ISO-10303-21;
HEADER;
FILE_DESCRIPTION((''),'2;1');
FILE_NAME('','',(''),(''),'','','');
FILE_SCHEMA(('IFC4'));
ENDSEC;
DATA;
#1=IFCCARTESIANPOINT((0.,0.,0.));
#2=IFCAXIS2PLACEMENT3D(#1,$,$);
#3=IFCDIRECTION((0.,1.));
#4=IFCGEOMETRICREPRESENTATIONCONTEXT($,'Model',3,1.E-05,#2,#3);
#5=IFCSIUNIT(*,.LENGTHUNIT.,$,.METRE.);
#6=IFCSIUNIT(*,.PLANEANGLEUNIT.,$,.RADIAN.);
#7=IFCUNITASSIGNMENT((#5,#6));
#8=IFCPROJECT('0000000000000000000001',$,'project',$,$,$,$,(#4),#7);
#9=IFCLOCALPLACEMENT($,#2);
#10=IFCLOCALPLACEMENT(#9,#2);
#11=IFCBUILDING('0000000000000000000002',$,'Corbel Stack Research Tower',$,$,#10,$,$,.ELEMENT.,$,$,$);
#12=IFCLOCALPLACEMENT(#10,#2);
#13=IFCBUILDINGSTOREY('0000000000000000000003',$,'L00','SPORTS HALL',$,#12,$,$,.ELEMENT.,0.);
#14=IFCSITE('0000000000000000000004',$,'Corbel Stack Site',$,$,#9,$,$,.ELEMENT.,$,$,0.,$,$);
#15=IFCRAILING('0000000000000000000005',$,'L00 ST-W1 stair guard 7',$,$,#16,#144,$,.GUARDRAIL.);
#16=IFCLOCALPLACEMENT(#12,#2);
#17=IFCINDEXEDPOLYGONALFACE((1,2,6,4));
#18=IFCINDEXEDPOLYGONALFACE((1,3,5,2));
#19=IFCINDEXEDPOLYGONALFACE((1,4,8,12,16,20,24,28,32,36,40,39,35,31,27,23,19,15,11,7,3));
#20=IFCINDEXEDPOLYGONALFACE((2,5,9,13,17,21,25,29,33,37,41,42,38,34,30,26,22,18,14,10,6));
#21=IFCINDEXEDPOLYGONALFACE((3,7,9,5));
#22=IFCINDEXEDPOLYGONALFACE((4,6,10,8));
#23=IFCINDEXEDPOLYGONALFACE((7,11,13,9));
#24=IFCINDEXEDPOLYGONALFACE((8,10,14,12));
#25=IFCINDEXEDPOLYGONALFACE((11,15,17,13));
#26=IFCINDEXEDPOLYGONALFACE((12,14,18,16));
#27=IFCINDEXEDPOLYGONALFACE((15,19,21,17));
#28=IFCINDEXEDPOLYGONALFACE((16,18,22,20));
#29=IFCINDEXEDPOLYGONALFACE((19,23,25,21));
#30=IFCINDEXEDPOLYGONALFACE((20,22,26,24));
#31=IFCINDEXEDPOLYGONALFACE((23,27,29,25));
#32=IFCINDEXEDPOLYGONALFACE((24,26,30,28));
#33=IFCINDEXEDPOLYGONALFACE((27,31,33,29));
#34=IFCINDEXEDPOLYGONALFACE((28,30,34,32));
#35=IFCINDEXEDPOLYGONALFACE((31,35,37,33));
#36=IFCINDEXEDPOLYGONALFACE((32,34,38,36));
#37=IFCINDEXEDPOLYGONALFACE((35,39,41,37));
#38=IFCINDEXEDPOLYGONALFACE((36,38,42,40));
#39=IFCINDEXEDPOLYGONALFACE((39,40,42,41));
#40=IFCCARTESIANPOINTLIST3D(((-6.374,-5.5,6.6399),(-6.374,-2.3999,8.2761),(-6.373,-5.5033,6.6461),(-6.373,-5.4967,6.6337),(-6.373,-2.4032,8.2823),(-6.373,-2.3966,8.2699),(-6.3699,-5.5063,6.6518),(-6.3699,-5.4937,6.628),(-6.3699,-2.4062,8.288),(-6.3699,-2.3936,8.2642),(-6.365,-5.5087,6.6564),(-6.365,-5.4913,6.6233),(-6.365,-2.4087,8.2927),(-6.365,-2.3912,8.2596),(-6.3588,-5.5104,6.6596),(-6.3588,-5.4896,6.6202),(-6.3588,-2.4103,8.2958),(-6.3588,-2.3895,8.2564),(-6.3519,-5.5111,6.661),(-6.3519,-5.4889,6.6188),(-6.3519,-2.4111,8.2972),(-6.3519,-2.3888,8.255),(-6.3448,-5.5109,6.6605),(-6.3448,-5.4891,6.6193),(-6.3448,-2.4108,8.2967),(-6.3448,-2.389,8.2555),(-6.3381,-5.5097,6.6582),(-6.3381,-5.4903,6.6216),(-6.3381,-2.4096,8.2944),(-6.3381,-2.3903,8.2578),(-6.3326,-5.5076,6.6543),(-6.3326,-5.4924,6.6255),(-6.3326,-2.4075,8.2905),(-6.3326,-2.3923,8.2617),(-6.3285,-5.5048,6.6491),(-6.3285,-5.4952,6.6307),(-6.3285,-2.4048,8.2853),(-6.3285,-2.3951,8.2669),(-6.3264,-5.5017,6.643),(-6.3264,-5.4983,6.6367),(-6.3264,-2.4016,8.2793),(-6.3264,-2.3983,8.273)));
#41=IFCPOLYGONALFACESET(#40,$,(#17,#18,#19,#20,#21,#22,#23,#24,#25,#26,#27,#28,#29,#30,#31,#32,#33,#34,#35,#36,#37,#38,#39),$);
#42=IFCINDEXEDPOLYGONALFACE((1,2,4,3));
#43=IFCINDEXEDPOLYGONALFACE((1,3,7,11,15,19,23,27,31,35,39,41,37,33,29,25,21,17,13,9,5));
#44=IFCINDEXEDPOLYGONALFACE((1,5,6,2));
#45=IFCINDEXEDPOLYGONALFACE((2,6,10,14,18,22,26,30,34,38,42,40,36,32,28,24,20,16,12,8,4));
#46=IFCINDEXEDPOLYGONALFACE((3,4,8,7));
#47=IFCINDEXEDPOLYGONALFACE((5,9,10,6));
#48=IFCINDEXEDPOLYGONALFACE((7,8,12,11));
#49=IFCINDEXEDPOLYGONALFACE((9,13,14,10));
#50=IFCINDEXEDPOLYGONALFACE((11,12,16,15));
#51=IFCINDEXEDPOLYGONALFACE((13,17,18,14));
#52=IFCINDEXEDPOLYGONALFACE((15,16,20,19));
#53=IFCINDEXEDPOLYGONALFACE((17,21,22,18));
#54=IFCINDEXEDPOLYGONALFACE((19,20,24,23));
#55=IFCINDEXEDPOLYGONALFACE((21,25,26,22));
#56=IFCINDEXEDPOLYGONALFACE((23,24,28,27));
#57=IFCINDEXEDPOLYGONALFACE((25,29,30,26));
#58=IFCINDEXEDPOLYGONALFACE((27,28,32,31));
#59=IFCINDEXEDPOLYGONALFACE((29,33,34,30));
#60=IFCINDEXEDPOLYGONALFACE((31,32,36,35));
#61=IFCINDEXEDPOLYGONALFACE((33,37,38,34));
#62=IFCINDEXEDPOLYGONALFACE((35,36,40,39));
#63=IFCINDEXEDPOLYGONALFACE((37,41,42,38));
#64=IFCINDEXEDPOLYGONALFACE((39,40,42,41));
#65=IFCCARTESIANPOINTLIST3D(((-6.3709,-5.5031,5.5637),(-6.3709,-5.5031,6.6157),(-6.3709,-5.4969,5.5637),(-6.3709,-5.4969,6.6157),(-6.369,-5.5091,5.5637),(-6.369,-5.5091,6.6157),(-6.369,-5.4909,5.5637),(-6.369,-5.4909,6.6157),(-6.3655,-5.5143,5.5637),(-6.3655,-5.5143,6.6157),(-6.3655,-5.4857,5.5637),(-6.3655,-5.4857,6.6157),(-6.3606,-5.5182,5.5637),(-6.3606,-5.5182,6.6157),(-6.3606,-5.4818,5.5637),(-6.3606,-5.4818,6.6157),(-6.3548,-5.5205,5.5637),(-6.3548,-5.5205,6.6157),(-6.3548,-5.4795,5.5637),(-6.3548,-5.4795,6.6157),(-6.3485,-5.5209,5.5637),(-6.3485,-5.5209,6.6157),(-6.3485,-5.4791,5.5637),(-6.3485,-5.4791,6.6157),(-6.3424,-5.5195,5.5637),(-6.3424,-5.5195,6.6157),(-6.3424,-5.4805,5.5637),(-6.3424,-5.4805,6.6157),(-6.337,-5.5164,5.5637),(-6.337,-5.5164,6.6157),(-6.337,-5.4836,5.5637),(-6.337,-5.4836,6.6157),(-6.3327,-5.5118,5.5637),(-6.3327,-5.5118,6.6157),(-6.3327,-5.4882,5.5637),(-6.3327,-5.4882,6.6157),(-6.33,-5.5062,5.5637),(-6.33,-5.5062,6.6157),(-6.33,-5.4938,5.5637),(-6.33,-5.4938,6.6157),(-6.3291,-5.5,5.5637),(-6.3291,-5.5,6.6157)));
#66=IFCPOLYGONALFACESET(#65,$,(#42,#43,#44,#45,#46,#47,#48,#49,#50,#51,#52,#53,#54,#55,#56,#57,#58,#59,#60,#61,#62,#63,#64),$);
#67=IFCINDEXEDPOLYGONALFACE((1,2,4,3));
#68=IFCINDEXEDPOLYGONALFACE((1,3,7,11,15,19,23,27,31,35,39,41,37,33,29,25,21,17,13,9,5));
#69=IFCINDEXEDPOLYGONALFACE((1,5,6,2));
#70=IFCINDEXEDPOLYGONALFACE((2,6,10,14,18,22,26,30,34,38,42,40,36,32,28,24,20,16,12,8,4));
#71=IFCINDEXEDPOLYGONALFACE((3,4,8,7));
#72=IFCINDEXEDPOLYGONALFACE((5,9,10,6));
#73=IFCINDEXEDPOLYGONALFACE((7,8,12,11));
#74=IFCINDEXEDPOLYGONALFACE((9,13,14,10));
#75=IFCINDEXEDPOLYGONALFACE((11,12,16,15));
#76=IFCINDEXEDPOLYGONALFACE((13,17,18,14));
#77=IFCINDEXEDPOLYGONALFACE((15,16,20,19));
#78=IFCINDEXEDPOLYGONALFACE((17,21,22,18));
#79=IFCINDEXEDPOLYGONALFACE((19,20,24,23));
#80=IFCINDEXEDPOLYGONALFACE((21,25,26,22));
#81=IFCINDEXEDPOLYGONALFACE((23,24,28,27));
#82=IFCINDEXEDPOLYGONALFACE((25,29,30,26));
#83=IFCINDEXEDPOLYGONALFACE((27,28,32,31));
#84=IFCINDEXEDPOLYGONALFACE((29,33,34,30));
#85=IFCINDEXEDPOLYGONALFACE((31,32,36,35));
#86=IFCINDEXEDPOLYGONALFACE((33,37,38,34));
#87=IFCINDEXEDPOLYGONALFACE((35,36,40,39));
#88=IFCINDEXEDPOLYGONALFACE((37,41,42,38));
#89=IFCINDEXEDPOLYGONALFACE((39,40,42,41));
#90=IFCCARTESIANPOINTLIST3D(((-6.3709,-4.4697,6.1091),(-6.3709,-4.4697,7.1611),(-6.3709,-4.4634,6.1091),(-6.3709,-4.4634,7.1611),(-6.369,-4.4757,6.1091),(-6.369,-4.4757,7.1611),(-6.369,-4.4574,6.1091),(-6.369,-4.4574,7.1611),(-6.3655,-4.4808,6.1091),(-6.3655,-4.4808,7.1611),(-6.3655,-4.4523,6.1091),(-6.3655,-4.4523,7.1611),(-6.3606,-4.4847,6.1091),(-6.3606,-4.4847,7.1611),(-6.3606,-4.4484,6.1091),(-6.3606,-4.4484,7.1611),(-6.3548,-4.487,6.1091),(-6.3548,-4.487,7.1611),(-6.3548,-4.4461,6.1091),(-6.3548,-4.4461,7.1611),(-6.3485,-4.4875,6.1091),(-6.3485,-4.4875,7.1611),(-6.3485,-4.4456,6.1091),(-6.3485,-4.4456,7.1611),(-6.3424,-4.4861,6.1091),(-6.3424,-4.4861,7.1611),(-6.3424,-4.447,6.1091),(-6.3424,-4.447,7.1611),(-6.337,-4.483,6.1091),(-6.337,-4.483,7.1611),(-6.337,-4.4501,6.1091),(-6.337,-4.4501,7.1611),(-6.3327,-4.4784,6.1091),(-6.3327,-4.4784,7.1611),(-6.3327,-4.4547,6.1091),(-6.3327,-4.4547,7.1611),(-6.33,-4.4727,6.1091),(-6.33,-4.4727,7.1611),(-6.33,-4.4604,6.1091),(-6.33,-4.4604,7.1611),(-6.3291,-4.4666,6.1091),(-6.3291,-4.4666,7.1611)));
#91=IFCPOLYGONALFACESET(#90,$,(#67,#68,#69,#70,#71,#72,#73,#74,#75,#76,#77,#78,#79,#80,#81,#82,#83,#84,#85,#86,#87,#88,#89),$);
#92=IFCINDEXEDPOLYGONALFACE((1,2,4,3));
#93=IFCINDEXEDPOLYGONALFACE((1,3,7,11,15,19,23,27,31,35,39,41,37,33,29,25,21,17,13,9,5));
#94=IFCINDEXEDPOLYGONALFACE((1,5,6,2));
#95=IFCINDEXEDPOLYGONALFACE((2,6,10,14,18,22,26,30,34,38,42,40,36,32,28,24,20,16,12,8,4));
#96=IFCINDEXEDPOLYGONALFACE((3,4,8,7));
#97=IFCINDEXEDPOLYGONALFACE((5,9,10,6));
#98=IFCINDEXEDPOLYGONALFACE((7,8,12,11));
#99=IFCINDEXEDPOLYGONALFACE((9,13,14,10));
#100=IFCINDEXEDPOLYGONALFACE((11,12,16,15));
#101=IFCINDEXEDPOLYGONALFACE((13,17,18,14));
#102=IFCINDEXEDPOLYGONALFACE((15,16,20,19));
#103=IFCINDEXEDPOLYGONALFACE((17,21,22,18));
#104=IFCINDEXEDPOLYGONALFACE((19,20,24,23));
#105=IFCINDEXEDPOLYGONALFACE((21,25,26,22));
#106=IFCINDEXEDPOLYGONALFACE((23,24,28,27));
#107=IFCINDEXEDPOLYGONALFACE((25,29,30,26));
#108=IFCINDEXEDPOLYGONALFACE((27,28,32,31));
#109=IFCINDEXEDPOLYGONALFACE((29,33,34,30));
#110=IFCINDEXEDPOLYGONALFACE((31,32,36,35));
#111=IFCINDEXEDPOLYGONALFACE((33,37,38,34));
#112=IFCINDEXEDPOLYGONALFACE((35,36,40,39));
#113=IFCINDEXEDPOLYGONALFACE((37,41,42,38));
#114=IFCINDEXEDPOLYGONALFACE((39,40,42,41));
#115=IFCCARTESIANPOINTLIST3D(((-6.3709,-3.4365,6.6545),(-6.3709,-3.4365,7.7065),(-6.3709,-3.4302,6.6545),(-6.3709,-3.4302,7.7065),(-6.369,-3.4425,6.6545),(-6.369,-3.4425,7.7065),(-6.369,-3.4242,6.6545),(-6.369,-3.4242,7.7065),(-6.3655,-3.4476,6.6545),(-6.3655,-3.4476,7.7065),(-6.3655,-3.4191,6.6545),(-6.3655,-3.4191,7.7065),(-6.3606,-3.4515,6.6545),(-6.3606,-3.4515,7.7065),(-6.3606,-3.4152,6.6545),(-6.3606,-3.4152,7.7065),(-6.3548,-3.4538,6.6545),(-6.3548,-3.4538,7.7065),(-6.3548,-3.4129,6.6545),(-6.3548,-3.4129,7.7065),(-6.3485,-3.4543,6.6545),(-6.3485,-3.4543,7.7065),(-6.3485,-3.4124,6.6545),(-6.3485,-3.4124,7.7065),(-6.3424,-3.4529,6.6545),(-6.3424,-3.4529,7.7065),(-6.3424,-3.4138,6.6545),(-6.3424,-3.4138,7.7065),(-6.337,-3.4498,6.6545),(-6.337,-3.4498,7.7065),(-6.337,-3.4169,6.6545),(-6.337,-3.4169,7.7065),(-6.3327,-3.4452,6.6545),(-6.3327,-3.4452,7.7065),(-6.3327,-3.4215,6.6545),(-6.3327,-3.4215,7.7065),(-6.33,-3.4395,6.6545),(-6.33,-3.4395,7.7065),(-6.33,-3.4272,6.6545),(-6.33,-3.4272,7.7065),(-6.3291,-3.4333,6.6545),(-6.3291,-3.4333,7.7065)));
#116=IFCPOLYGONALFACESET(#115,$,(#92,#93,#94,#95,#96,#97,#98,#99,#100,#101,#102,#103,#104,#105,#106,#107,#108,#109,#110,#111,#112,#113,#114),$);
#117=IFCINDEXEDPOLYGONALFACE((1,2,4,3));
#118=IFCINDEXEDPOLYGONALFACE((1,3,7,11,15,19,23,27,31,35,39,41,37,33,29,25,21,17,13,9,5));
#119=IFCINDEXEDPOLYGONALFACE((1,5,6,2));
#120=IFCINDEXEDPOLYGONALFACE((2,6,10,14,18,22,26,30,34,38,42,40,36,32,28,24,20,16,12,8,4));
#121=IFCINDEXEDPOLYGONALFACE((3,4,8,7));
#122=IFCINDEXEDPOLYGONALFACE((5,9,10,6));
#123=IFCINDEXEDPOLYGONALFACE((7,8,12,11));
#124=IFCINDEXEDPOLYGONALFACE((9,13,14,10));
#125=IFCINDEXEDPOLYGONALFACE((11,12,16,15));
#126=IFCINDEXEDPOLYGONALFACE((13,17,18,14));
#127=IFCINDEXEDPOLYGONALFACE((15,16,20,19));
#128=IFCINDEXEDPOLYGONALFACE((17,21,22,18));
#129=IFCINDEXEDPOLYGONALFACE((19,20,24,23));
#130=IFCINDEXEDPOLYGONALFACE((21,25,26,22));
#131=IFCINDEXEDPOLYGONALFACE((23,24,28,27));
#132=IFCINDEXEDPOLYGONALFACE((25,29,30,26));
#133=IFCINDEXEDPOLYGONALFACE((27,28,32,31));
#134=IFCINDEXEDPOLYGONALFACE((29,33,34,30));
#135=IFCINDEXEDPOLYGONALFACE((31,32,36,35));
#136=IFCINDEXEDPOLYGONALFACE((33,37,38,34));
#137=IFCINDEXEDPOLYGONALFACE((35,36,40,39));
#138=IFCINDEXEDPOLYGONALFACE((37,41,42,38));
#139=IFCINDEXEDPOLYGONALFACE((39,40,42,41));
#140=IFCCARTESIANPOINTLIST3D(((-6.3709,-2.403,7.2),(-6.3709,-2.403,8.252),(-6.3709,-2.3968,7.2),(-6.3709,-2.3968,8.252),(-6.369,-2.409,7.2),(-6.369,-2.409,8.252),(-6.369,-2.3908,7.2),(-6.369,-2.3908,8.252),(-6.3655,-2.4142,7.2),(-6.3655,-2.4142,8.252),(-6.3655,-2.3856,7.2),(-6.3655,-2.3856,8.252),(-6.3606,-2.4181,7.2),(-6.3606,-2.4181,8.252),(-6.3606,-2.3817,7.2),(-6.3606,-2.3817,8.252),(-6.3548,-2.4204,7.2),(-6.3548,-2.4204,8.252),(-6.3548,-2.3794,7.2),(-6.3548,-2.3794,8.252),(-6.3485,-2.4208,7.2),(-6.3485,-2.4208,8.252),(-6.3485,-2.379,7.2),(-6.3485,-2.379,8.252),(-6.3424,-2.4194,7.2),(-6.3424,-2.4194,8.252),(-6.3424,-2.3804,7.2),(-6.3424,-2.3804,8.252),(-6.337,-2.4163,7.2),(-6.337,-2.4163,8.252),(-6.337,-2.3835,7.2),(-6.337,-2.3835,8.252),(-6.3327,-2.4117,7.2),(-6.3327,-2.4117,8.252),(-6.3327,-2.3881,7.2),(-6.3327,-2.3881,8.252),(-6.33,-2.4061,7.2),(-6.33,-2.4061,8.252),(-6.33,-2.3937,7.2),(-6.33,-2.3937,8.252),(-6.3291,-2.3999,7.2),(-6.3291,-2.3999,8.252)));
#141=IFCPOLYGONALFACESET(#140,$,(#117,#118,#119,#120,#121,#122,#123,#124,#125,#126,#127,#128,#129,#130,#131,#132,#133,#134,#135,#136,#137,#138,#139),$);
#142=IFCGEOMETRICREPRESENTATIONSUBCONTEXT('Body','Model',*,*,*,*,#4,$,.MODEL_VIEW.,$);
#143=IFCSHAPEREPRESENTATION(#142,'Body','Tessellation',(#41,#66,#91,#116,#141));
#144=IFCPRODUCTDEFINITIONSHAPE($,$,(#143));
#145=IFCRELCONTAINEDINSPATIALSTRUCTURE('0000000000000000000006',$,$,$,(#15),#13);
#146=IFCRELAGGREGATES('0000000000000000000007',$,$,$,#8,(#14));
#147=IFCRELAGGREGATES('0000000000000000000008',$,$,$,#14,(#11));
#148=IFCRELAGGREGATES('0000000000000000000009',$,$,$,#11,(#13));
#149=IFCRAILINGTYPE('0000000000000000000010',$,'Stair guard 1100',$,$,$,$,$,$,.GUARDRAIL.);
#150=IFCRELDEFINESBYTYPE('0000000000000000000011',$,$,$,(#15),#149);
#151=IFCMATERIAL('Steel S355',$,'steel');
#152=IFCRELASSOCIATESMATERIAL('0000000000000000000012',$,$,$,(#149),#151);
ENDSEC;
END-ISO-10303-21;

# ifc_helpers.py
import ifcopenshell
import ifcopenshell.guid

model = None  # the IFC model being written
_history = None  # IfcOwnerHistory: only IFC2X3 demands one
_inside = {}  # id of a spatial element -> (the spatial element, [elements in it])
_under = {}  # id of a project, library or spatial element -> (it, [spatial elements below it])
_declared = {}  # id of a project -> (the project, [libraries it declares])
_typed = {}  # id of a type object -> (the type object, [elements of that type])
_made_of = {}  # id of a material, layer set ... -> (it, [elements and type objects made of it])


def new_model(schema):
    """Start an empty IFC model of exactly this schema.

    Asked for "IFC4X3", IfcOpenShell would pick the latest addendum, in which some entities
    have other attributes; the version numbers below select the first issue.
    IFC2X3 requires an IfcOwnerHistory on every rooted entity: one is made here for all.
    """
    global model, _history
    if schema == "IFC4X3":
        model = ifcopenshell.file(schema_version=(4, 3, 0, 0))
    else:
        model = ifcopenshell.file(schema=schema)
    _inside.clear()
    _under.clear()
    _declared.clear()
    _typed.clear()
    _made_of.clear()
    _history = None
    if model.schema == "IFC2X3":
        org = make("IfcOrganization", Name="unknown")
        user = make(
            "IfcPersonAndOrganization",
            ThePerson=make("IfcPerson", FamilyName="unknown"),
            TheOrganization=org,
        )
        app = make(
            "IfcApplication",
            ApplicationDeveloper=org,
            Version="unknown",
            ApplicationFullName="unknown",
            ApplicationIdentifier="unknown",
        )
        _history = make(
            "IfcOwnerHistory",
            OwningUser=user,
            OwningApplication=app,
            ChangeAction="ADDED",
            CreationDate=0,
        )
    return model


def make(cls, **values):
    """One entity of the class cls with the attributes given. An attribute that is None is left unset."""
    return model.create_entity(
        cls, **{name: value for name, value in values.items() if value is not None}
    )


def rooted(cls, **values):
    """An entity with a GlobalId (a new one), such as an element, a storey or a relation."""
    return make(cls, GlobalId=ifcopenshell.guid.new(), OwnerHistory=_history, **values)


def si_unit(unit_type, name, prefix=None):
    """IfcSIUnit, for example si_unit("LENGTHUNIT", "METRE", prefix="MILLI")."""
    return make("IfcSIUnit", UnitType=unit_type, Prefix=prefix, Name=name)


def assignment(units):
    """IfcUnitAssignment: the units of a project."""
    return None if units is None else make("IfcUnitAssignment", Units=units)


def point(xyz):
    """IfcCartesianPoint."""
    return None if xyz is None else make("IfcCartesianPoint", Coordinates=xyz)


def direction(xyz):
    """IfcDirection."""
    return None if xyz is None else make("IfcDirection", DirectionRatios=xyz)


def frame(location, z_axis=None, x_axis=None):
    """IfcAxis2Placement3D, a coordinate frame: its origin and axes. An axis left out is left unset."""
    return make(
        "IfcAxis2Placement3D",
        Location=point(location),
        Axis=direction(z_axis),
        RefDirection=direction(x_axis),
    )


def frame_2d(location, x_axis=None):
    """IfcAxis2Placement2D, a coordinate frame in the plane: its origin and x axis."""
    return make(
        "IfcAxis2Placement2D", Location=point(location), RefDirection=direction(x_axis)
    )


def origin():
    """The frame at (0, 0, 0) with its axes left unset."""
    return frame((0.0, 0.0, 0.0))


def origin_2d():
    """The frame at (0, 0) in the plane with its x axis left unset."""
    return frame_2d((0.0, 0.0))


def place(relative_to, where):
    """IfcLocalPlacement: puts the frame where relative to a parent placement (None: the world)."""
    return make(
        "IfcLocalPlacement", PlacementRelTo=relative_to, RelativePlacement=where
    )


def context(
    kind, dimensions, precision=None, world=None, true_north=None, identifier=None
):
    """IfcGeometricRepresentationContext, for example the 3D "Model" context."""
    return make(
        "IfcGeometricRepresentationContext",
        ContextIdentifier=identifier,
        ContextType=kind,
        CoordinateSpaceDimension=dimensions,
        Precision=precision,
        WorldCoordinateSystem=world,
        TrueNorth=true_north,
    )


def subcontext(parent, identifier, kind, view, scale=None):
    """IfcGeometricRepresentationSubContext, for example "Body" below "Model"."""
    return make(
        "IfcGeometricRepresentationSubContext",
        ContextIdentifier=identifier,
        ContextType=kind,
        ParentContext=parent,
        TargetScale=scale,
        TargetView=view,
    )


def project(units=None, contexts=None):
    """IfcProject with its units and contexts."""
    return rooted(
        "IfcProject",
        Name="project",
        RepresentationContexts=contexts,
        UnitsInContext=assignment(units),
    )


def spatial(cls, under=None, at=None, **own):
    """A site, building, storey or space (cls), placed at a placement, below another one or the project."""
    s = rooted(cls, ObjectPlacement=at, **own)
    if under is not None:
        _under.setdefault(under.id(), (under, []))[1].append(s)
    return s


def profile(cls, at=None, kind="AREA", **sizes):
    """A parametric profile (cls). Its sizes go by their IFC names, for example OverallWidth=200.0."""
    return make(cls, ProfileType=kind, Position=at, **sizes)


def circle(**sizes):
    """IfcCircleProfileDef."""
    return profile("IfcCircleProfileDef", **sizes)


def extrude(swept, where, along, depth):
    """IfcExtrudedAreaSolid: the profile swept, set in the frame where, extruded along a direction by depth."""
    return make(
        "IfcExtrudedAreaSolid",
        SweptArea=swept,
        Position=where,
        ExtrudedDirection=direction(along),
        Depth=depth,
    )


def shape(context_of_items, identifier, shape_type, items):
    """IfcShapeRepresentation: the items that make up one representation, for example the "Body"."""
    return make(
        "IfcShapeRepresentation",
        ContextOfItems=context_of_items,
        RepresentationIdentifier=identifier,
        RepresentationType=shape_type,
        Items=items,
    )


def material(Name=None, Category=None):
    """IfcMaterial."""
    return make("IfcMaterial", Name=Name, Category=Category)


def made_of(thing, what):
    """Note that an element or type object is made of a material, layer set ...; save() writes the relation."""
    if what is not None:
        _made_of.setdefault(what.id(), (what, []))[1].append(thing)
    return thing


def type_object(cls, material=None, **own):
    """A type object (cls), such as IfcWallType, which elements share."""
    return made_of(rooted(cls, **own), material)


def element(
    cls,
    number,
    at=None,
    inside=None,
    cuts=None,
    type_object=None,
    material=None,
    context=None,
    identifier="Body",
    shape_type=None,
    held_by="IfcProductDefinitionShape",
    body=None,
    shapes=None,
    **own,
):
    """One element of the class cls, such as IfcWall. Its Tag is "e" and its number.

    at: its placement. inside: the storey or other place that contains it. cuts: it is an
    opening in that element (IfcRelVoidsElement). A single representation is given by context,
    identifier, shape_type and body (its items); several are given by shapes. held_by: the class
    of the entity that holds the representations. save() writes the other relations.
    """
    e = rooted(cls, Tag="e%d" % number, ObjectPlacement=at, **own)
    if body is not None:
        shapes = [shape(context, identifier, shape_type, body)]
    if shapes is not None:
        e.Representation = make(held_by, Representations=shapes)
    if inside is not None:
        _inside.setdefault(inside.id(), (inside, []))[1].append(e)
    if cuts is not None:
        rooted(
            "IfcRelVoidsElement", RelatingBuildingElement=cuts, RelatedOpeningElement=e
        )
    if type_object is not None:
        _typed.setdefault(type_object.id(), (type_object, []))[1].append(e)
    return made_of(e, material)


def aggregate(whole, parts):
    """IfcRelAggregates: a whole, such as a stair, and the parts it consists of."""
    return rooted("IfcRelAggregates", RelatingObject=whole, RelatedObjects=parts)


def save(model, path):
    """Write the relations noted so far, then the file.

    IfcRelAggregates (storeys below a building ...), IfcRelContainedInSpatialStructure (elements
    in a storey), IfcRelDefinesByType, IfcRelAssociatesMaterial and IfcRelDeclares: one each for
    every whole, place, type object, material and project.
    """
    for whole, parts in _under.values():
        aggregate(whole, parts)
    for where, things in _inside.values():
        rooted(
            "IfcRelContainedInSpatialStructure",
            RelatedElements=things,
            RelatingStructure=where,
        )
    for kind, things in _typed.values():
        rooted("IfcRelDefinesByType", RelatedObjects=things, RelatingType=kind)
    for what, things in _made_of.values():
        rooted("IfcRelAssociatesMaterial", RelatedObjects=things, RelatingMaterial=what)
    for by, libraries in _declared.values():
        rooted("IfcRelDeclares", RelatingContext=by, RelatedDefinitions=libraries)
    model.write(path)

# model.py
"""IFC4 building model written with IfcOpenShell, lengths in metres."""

from ifc_helpers import new_model, si_unit, direction, frame, origin, origin_2d, place, context, subcontext, project, spatial, circle, extrude, material, type_object, element, save


model = new_model("IFC4")

# Units and contexts
model_context = context("Model", 3, precision=1e-05, world=origin(), true_north=direction((0.0, 1.0)))
body_context = subcontext(model_context, "Body", "Model", "MODEL_VIEW")
ifc_project = project(units=[si_unit("LENGTHUNIT", "METRE"), si_unit("PLANEANGLEUNIT", "RADIAN")], contexts=[model_context])

# Site, building, storey
site_placement = place(None, origin())
site = spatial("IfcSite", under=ifc_project, at=site_placement, Name="Corbel Stack Site", CompositionType="ELEMENT", RefElevation=0.0)
building_placement = place(site_placement, origin())
building = spatial("IfcBuilding", under=site, at=building_placement, Name="Corbel Stack Research Tower", CompositionType="ELEMENT")
storey_placement = place(building_placement, origin())
storey = spatial("IfcBuildingStorey", under=building, at=storey_placement, Name="L00", Description="SPORTS HALL", CompositionType="ELEMENT", Elevation=0.0)

# Railing
ifc_material_1 = material(Name="Steel S355", Category="steel")
railing_type_1 = type_object("IfcRailingType", Name="Stair guard 1100", PredefinedType="GUARDRAIL", material=ifc_material_1)
railing_1_placement = place(storey_placement, frame((-6.3501, -5.5, 5.5637)))
element("IfcRailing", 1, at=railing_1_placement, inside=storey, type_object=railing_type_1, Name="L00 ST-W1 stair guard 7", PredefinedType="GUARDRAIL", context=body_context, shape_type="SweptSolid", body=[
    extrude(circle(Radius=0.0239, at=origin_2d()), frame((0.0, 0.0, 1.0762), z_axis=(0.0, 0.884377, 0.466774), x_axis=(-1.0, 0.0, 0.0)), (0.0, 0.0, 1.0), 3.5054),
    extrude(circle(Radius=0.021, at=origin_2d()), origin(), (0.0, 0.0, 1.0), 1.052),
    extrude(circle(Radius=0.021, at=origin_2d()), frame((0.0, 1.0334, 0.5454)), (0.0, 0.0, 1.0), 1.052),
    extrude(circle(Radius=0.021, at=origin_2d()), frame((0.0, 2.0667, 1.0908)), (0.0, 0.0, 1.0), 1.052),
    extrude(circle(Radius=0.021, at=origin_2d()), frame((0.0, 3.1001, 1.6362)), (0.0, 0.0, 1.0), 1.052),
])

save(model, "model.ifc")
